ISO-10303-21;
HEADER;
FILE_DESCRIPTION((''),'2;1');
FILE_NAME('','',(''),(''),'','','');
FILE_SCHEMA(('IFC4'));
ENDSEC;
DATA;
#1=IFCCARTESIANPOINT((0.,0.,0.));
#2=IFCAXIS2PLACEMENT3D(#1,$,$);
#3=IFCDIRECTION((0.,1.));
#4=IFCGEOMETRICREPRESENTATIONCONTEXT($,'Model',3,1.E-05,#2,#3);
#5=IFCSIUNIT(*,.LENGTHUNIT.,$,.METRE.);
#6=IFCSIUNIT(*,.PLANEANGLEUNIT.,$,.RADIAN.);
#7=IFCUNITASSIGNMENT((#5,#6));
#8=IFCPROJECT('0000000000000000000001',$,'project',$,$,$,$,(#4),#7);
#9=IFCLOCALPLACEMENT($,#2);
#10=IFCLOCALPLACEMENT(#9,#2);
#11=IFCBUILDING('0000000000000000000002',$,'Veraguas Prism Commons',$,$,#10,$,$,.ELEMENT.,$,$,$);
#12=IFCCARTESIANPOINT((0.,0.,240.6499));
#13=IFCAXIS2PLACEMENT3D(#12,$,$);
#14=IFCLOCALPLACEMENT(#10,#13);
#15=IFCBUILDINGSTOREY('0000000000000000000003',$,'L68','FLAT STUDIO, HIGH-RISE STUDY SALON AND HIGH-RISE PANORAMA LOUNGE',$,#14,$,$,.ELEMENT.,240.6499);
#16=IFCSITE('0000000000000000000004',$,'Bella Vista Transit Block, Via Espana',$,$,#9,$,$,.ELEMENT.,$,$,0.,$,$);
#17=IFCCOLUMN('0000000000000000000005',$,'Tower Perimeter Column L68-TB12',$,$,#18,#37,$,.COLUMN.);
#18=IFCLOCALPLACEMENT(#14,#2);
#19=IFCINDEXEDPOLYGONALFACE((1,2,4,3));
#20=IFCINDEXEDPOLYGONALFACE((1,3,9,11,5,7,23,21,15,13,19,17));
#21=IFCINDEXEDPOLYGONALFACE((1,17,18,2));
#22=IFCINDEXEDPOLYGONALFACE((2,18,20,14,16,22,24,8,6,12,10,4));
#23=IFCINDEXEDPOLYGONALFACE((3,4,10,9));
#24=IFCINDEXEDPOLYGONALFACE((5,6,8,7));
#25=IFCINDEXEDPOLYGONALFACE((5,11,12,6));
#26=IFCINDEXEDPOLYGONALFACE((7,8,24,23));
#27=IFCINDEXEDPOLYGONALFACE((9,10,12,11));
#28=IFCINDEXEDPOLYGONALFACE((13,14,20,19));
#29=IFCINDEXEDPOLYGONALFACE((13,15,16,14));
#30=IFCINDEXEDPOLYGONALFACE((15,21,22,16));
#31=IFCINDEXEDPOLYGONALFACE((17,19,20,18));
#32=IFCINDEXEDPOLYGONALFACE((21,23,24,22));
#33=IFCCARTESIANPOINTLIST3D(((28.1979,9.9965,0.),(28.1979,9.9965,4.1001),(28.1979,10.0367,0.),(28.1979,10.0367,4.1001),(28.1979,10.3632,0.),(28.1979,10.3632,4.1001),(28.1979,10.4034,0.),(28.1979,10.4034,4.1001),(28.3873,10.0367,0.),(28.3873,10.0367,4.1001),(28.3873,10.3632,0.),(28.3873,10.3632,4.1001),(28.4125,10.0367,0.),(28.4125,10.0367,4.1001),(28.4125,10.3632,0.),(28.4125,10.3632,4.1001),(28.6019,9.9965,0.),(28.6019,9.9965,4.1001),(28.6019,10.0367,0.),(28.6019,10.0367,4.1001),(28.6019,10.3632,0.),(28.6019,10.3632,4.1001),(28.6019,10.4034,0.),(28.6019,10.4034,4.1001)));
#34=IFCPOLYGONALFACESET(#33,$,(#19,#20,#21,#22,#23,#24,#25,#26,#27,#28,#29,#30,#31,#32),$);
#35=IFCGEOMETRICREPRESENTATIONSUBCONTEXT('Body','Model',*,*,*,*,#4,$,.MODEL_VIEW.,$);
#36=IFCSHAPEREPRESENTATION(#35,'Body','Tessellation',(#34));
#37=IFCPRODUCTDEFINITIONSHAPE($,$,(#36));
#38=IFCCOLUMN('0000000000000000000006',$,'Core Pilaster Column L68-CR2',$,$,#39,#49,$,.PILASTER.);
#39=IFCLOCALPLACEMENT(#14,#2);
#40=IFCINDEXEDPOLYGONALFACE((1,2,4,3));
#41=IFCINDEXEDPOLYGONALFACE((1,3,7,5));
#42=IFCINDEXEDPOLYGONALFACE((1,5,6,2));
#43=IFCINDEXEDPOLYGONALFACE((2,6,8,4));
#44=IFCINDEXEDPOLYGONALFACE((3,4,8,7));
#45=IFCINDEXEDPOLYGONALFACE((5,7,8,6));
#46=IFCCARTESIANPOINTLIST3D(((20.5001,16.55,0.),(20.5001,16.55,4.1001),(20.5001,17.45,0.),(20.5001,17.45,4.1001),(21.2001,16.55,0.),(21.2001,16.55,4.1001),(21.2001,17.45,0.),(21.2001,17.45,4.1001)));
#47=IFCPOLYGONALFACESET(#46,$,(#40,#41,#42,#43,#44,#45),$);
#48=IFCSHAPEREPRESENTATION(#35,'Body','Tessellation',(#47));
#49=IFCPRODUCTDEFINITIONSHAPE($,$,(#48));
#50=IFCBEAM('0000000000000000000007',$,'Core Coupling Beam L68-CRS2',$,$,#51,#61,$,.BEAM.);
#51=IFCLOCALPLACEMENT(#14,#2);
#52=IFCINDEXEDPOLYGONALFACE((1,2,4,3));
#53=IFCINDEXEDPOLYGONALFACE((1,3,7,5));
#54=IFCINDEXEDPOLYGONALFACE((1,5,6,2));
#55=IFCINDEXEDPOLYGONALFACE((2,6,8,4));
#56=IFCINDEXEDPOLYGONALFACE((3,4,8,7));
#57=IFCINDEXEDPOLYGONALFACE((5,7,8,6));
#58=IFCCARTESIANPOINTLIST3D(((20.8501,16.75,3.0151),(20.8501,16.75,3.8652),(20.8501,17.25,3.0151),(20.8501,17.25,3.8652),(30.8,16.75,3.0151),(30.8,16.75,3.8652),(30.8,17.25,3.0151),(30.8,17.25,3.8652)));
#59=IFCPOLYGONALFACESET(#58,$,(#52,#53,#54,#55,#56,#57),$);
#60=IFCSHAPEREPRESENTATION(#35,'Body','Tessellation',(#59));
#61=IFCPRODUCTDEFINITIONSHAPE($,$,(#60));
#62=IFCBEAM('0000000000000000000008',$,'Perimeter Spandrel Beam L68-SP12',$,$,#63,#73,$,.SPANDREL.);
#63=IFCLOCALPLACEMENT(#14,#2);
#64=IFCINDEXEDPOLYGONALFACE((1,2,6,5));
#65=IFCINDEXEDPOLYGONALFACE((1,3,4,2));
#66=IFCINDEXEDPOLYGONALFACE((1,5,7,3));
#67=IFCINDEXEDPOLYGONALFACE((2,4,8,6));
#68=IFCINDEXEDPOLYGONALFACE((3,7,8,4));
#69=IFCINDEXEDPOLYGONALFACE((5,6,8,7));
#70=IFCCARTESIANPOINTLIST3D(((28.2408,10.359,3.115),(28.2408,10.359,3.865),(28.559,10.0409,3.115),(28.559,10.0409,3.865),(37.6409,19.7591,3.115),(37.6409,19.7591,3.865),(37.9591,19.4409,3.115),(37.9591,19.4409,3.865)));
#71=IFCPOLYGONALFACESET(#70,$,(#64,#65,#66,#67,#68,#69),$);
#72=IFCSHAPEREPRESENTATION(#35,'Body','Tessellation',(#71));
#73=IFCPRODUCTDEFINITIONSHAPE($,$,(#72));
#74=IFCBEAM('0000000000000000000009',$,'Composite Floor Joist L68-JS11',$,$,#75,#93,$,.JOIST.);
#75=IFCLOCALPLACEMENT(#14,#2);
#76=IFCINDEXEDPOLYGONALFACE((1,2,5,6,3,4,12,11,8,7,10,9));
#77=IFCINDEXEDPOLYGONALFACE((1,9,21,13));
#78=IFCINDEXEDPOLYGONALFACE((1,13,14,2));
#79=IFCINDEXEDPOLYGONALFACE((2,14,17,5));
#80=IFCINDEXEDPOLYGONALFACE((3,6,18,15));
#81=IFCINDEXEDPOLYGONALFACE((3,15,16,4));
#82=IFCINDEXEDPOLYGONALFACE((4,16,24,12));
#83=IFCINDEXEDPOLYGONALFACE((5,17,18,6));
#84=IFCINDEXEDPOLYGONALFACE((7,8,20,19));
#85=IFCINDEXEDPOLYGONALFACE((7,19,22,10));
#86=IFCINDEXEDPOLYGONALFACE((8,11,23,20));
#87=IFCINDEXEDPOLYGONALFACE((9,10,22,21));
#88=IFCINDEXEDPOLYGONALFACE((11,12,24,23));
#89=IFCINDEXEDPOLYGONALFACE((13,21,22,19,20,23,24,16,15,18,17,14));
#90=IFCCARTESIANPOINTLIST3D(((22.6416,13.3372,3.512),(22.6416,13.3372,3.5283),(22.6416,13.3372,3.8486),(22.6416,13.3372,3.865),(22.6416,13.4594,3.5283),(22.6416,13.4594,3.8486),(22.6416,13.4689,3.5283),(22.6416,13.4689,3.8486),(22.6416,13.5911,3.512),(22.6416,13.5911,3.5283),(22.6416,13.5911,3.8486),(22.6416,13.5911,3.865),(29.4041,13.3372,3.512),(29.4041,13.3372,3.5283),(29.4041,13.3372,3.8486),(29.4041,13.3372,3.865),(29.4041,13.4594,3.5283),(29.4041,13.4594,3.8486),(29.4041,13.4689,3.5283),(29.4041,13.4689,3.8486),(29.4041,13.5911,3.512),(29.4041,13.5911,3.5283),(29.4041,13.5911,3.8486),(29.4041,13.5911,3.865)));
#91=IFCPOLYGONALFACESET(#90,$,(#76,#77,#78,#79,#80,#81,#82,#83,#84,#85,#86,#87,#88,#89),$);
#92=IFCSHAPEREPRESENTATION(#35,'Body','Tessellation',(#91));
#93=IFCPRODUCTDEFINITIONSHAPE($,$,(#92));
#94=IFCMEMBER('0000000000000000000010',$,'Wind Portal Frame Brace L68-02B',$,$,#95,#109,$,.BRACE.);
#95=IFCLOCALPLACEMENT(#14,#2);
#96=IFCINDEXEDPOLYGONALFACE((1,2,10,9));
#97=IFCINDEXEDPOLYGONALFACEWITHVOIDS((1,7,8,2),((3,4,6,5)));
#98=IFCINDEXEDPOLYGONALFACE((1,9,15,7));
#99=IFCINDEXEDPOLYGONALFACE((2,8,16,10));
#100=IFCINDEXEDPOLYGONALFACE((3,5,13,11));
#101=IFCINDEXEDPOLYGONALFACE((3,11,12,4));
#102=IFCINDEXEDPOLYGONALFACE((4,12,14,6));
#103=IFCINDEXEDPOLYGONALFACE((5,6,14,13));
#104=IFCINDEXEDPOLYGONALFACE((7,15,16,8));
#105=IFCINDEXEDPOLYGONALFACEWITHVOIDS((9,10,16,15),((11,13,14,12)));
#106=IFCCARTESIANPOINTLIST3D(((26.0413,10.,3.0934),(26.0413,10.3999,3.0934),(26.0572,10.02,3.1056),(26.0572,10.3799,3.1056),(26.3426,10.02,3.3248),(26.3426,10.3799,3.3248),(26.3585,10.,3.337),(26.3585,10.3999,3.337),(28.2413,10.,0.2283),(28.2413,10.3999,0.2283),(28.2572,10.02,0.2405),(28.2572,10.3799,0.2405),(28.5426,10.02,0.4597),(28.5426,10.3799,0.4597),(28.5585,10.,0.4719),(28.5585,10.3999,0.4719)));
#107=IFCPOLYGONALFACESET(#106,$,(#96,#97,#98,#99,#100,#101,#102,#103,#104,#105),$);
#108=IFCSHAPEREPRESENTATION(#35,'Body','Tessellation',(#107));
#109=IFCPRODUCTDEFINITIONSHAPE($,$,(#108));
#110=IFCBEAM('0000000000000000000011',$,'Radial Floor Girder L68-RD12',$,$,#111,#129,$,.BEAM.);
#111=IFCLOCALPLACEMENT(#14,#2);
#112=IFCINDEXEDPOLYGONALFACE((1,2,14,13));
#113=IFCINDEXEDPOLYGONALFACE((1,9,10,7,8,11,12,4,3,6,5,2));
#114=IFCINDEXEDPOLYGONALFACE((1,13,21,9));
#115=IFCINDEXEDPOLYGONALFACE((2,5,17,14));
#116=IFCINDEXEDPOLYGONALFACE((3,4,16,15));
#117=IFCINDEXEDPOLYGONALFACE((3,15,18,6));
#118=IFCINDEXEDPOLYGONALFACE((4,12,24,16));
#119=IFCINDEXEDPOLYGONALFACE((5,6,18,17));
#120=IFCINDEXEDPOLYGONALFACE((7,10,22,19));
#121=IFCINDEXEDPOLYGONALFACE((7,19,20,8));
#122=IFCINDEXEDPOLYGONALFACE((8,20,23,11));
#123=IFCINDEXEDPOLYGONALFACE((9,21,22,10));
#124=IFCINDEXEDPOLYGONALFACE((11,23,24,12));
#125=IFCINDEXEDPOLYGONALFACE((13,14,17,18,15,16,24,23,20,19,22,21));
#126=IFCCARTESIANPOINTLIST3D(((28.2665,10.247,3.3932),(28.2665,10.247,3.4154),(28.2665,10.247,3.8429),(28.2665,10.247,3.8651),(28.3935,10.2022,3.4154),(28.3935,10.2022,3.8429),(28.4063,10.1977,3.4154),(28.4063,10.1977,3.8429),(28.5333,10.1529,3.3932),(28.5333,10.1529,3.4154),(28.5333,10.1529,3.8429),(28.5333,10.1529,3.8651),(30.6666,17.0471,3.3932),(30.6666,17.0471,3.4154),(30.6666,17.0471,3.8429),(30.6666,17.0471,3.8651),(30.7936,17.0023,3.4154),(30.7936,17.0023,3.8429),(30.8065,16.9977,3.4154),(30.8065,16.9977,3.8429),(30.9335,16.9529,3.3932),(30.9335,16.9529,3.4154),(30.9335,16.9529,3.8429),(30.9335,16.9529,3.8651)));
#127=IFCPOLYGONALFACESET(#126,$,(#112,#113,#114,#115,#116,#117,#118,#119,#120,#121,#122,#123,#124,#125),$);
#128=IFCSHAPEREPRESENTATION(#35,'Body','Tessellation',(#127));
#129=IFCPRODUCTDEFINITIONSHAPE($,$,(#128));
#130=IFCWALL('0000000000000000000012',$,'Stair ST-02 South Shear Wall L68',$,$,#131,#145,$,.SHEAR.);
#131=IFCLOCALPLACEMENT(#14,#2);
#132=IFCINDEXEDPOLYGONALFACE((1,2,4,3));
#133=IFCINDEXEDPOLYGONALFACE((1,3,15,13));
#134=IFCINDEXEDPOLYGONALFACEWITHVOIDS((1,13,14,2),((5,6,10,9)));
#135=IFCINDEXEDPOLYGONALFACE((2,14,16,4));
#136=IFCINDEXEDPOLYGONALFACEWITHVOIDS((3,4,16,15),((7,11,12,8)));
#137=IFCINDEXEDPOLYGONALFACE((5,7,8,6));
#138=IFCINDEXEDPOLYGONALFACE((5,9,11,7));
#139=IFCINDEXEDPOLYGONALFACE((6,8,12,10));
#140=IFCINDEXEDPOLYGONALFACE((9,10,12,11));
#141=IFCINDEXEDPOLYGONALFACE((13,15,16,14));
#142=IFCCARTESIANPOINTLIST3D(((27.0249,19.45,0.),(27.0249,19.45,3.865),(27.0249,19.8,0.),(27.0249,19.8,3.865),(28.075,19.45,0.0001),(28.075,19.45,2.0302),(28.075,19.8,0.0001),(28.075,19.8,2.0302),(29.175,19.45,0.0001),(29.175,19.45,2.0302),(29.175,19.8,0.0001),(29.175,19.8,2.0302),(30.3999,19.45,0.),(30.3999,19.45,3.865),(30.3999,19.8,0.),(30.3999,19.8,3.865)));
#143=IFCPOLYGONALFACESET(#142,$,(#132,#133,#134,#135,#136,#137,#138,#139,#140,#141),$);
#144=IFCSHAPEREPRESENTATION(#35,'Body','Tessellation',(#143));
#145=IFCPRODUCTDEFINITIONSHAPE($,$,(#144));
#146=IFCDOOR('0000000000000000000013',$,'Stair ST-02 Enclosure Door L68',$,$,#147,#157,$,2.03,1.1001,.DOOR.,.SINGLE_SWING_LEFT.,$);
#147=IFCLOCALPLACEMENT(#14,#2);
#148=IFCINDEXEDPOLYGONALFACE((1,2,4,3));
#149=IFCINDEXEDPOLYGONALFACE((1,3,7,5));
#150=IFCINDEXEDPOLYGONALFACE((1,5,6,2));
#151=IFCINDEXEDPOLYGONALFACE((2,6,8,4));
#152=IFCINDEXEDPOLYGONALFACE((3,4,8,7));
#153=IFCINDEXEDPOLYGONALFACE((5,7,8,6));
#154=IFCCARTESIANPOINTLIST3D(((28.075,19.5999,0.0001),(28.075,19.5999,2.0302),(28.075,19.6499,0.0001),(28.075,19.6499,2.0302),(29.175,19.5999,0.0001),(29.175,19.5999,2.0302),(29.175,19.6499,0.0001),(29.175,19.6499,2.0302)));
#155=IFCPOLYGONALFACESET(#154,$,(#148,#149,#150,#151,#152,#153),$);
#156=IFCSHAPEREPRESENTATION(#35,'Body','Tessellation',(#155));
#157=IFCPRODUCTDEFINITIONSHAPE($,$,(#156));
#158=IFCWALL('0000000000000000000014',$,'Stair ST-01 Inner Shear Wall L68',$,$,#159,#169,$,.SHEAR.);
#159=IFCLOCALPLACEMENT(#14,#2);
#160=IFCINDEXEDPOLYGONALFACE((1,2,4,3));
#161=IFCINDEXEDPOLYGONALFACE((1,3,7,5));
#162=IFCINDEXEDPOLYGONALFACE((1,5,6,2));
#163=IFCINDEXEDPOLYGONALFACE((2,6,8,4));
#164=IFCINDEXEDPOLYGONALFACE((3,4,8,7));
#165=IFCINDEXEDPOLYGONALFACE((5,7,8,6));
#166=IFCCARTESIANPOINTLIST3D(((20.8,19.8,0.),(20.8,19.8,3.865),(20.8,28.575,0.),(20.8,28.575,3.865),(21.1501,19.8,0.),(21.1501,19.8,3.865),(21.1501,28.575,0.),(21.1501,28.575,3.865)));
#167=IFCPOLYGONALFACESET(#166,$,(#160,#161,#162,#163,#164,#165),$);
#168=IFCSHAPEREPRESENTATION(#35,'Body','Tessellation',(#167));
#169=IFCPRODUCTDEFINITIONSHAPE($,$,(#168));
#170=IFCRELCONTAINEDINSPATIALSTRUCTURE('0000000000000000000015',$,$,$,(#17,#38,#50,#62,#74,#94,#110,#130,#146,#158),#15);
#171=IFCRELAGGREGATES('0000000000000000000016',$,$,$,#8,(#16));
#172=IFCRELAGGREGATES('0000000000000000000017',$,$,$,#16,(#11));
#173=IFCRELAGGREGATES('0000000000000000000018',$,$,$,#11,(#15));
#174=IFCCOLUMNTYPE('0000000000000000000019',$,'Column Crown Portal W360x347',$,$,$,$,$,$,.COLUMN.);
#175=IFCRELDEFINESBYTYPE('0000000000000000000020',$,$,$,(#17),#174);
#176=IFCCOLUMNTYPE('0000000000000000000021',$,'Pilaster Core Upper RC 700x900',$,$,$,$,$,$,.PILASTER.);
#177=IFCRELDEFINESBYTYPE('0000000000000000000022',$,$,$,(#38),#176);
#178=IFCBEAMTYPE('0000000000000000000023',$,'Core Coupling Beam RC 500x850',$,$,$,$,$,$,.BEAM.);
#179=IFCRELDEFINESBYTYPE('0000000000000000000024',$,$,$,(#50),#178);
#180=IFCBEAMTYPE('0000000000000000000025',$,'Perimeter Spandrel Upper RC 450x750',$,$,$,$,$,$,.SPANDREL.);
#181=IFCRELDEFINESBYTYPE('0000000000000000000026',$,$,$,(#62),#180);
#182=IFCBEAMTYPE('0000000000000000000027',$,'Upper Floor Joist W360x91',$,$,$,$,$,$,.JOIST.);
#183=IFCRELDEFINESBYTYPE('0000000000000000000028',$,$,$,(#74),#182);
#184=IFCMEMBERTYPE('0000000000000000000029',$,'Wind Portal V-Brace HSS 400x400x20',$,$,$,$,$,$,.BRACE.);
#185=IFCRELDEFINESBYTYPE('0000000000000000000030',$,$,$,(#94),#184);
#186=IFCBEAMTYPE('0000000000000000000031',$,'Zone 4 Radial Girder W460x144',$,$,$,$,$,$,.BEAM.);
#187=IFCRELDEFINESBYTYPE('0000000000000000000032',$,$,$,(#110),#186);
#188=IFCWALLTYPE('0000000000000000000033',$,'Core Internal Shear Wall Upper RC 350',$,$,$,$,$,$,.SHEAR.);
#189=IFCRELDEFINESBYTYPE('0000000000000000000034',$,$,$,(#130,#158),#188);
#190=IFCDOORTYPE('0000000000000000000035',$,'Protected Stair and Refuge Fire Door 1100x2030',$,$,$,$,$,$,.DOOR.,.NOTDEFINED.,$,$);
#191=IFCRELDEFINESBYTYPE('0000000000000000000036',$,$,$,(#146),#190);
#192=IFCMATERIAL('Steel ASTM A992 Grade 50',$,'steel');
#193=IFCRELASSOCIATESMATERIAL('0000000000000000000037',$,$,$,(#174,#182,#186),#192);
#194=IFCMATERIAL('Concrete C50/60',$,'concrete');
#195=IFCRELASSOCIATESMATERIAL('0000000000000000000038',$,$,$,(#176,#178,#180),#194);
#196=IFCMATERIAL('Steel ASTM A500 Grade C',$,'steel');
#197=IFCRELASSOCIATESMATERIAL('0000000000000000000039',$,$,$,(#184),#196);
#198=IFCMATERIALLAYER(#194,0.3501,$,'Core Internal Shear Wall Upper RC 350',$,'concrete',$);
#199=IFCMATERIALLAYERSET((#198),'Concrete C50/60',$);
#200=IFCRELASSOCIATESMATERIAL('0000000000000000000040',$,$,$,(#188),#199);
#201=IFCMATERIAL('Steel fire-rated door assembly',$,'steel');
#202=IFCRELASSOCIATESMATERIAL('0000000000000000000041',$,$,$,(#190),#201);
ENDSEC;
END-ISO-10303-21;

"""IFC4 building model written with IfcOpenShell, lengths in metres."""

from ifc_helpers import new_model, si_unit, direction, frame, frame_2d, origin, origin_2d, place, context, subcontext, project, spatial, rectangle, hollow_rectangle, i_section, extrude, source, transform, mapped, material, layer, layer_set, material_profile, profile_set, type_object, element, fill, save


model = new_model("IFC4")

# Units and contexts
model_context = context("Model", 3, precision=1e-05, world=origin(), true_north=direction((0.0, 1.0)))
body_context = subcontext(model_context, "Body", "Model", "MODEL_VIEW")
ifc_project = project(units=[si_unit("LENGTHUNIT", "METRE"), si_unit("PLANEANGLEUNIT", "RADIAN")], contexts=[model_context])

# Site, building, storey
site_placement = place(None, origin())
site = spatial("IfcSite", under=ifc_project, at=site_placement, Name="Bella Vista Transit Block, Via Espana", CompositionType="ELEMENT", RefElevation=0.0)
building_placement = place(site_placement, origin())
building = spatial("IfcBuilding", under=site, at=building_placement, Name="Veraguas Prism Commons", CompositionType="ELEMENT")
storey_placement = place(building_placement, frame((0.0, 0.0, 240.6499)))
storey = spatial("IfcBuildingStorey", under=building, at=storey_placement, Name="L68", Description="FLAT STUDIO, HIGH-RISE STUDY SALON AND HIGH-RISE PANORAMA LOUNGE", CompositionType="ELEMENT", Elevation=240.6499)

# Columns
ifc_material_1 = material(Name="Steel ASTM A992 Grade 50", Category="steel")
ifc_material_profile_1 = material_profile(ifc_material_1, i_section(OverallWidth=0.4041, OverallDepth=0.407, WebThickness=0.0251, FlangeThickness=0.0403, at=origin_2d()), Name="W360X347")
ifc_profile_set_1 = profile_set([ifc_material_profile_1], Name="Steel ASTM A992 Grade 50")
column_type_1 = type_object("IfcColumnType", Name="Column Crown Portal W360x347", PredefinedType="COLUMN", material=ifc_profile_set_1)
column_1_placement = place(storey_placement, frame((28.3999, 10.2, 0.0), z_axis=(0.0, 0.0, 1.0), x_axis=(1.0, 0.0, 0.0)))
element("IfcColumn", 1, at=column_1_placement, inside=storey, type_object=column_type_1, Name="Tower Perimeter Column L68-TB12", PredefinedType="COLUMN", context=body_context, shape_type="SweptSolid", body=[
    extrude(i_section(OverallWidth=0.4041, OverallDepth=0.407, WebThickness=0.0251, FlangeThickness=0.0403, at=origin_2d()), origin(), (0.0, 0.0, 1.0), 4.1001),
])
ifc_material_2 = material(Name="Concrete C50/60", Category="concrete")
ifc_material_profile_2 = material_profile(ifc_material_2, rectangle(XDim=0.7, YDim=0.8999, at=origin_2d()), Name="RC700X900")
ifc_profile_set_2 = profile_set([ifc_material_profile_2], Name="Concrete C50/60")
column_type_2 = type_object("IfcColumnType", Name="Pilaster Core Upper RC 700x900", PredefinedType="PILASTER", material=ifc_profile_set_2)
column_2_placement = place(storey_placement, frame((20.8501, 17.0, 0.0), z_axis=(0.0, 0.0, 1.0), x_axis=(1.0, 0.0, 0.0)))
element("IfcColumn", 2, at=column_2_placement, inside=storey, type_object=column_type_2, Name="Core Pilaster Column L68-CR2", PredefinedType="PILASTER", context=body_context, shape_type="SweptSolid", body=[
    extrude(rectangle(XDim=0.7, YDim=0.8999, at=origin_2d()), origin(), (0.0, 0.0, 1.0), 4.1001),
])

# Beams
ifc_material_profile_3 = material_profile(ifc_material_2, rectangle(XDim=0.5, YDim=0.8501, at=origin_2d()), Name="RC500X850")
ifc_profile_set_3 = profile_set([ifc_material_profile_3], Name="Concrete C50/60")
beam_type_1 = type_object("IfcBeamType", Name="Core Coupling Beam RC 500x850", PredefinedType="BEAM", material=ifc_profile_set_3)
beam_1_placement = place(storey_placement, frame((20.8501, 17.0, 3.4402), z_axis=(1.0, 0.0, 0.0), x_axis=(0.0, 1.0, 0.0)))
element("IfcBeam", 3, at=beam_1_placement, inside=storey, type_object=beam_type_1, Name="Core Coupling Beam L68-CRS2", PredefinedType="BEAM", context=body_context, shape_type="SweptSolid", body=[
    extrude(rectangle(XDim=0.5, YDim=0.8501, at=origin_2d()), origin(), (0.0, 0.0, 1.0), 9.95),
])
ifc_material_profile_4 = material_profile(ifc_material_2, rectangle(XDim=0.45, YDim=0.75, at=origin_2d()), Name="RC450X750")
ifc_profile_set_4 = profile_set([ifc_material_profile_4], Name="Concrete C50/60")
beam_type_2 = type_object("IfcBeamType", Name="Perimeter Spandrel Upper RC 450x750", PredefinedType="SPANDREL", material=ifc_profile_set_4)
beam_2_placement = place(storey_placement, frame((28.3999, 10.2, 3.49), z_axis=(0.707107, 0.707107, 0.0), x_axis=(-0.707107, 0.707107, 0.0)))
element("IfcBeam", 4, at=beam_2_placement, inside=storey, type_object=beam_type_2, Name="Perimeter Spandrel Beam L68-SP12", PredefinedType="SPANDREL", context=body_context, shape_type="SweptSolid", body=[
    extrude(rectangle(XDim=0.45, YDim=0.75, at=origin_2d()), origin(), (0.0, 0.0, 1.0), 13.2937),
])
ifc_material_profile_5 = material_profile(ifc_material_1, i_section(OverallWidth=0.2539, OverallDepth=0.353, WebThickness=0.0095, FlangeThickness=0.0164, at=origin_2d()), Name="W360X91")
ifc_profile_set_5 = profile_set([ifc_material_profile_5], Name="Steel ASTM A992 Grade 50")
beam_type_3 = type_object("IfcBeamType", Name="Upper Floor Joist W360x91", PredefinedType="JOIST", material=ifc_profile_set_5)
beam_3_placement = place(storey_placement, frame((22.6416, 13.4641, 3.6885), z_axis=(1.0, 0.0, 0.0), x_axis=(0.0, 1.0, 0.0)))
element("IfcBeam", 5, at=beam_3_placement, inside=storey, type_object=beam_type_3, Name="Composite Floor Joist L68-JS11", PredefinedType="JOIST", context=body_context, shape_type="SweptSolid", body=[
    extrude(i_section(OverallWidth=0.2539, OverallDepth=0.353, WebThickness=0.0095, FlangeThickness=0.0164, at=origin_2d()), origin(), (0.0, 0.0, 1.0), 6.7625),
])

# Member
ifc_material_3 = material(Name="Steel ASTM A500 Grade C", Category="steel")
ifc_material_profile_6 = material_profile(ifc_material_3, hollow_rectangle(XDim=0.3999, YDim=0.3999, WallThickness=0.02, at=origin_2d()), Name="HSS400X400X20")
ifc_profile_set_6 = profile_set([ifc_material_profile_6], Name="Steel ASTM A500 Grade C")
member_type = type_object("IfcMemberType", Name="Wind Portal V-Brace HSS 400x400x20", PredefinedType="BRACE", material=ifc_profile_set_6)
member_placement = place(storey_placement, frame((28.3999, 10.2, 0.3501), z_axis=(-0.609034, 0.0, 0.793144), x_axis=(0.0, -1.0, 0.0)))
element("IfcMember", 6, at=member_placement, inside=storey, type_object=member_type, Name="Wind Portal Frame Brace L68-02B", PredefinedType="BRACE", context=body_context, shape_type="SweptSolid", body=[
    extrude(hollow_rectangle(XDim=0.3999, YDim=0.3999, WallThickness=0.02, at=origin_2d()), origin(), (0.0, 0.0, 1.0), 3.6123),
])

# Beam
ifc_material_profile_7 = material_profile(ifc_material_1, i_section(OverallWidth=0.283, OverallDepth=0.4719, WebThickness=0.0137, FlangeThickness=0.0222, at=origin_2d()), Name="W460X144")
ifc_profile_set_7 = profile_set([ifc_material_profile_7], Name="Steel ASTM A992 Grade 50")
beam_type_4 = type_object("IfcBeamType", Name="Zone 4 Radial Girder W460x144", PredefinedType="BEAM", material=ifc_profile_set_7)
beam_4_placement = place(storey_placement, frame((28.3999, 10.2, 3.6292), z_axis=(0.332836, 0.942985, 0.0), x_axis=(-0.942985, 0.332836, 0.0)))
element("IfcBeam", 7, at=beam_4_placement, inside=storey, type_object=beam_type_4, Name="Radial Floor Girder L68-RD12", PredefinedType="BEAM", context=body_context, shape_type="SweptSolid", body=[
    extrude(i_section(OverallWidth=0.283, OverallDepth=0.4719, WebThickness=0.0137, FlangeThickness=0.0222, at=origin_2d()), origin(), (0.0, 0.0, 1.0), 7.2112),
])

# Wall, opening, door
ifc_layer_1 = layer(ifc_material_2, 0.3501, Name="Core Internal Shear Wall Upper RC 350", Category="concrete")
ifc_layer_set_1 = layer_set([ifc_layer_1], Name="Concrete C50/60")
wall_type_1 = type_object("IfcWallType", Name="Core Internal Shear Wall Upper RC 350", PredefinedType="SHEAR", material=ifc_layer_set_1)
wall_1_placement = place(storey_placement, frame((27.0249, 19.625, 0.0), z_axis=(0.0, 0.0, 1.0), x_axis=(1.0, 0.0, 0.0)))
wall_1 = element("IfcWall", 8, at=wall_1_placement, inside=storey, type_object=wall_type_1, Name="Stair ST-02 South Shear Wall L68", PredefinedType="SHEAR", context=body_context, shape_type="SweptSolid", body=[
    extrude(rectangle(XDim=3.375, YDim=0.3501, at=frame_2d((1.6875, 0.0))), origin(), (0.0, 0.0, 1.0), 3.865),
])
opening_1_placement = place(wall_1_placement, frame((1.05, 0.0, 0.0)))
opening_1 = element("IfcOpeningElement", 9, at=opening_1_placement, cuts=wall_1, PredefinedType="OPENING", context=body_context, shape_type="SweptSolid", body=[
    extrude(rectangle(XDim=1.1001, YDim=2.03, at=frame_2d((0.55, 1.0151))), frame((0.0, 0.1851, 0.0), z_axis=(0.0, -1.0, 0.0), x_axis=(1.0, 0.0, 0.0)), (0.0, 0.0, 1.0), 0.3701),
])
ifc_material_4 = material(Name="Steel fire-rated door assembly", Category="steel")
door_type_1 = type_object("IfcDoorType", Name="Protected Stair and Refuge Fire Door 1100x2030", OperationType="NOTDEFINED", PredefinedType="DOOR", material=ifc_material_4)
shared_shape_1 = source(origin(), body_context, "Body", "SweptSolid", [
    extrude(rectangle(XDim=1.1001, YDim=2.03, at=frame_2d((0.55, 1.0151))), frame((0.0, 0.0249, 0.0), z_axis=(0.0, -1.0, 0.0), x_axis=(1.0, 0.0, 0.0)), (0.0, 0.0, 1.0), 0.05),
])
door_1_placement = place(opening_1_placement, origin())
door_1 = element("IfcDoor", 10, at=door_1_placement, inside=storey, type_object=door_type_1, Name="Stair ST-02 Enclosure Door L68", OperationType="SINGLE_SWING_LEFT", OverallHeight=2.03, OverallWidth=1.1001, PredefinedType="DOOR", context=body_context, shape_type="MappedRepresentation", body=[
    mapped(shared_shape_1, transform((0.0, 0.0, 0.0), scale=1.0)),
])
fill(opening_1, door_1)

# Wall
for number, where, z_axis, x_axis, name in (
    (11, (20.9751, 19.8, 0.0), (0.0, 0.0, 1.0), (0.0, 1.0, 0.0), "Stair ST-01 Inner Shear Wall L68"),
):
    element("IfcWall", number, at=place(storey_placement, frame(where, z_axis=z_axis, x_axis=x_axis)), inside=storey, type_object=wall_type_1, Name=name, PredefinedType="SHEAR", context=body_context, shape_type="SweptSolid", body=[
        extrude(rectangle(XDim=8.7749, YDim=0.3501, at=frame_2d((4.3875, 0.0))), origin(), (0.0, 0.0, 1.0), 3.865),
    ])

save(model, "model.ifc")
